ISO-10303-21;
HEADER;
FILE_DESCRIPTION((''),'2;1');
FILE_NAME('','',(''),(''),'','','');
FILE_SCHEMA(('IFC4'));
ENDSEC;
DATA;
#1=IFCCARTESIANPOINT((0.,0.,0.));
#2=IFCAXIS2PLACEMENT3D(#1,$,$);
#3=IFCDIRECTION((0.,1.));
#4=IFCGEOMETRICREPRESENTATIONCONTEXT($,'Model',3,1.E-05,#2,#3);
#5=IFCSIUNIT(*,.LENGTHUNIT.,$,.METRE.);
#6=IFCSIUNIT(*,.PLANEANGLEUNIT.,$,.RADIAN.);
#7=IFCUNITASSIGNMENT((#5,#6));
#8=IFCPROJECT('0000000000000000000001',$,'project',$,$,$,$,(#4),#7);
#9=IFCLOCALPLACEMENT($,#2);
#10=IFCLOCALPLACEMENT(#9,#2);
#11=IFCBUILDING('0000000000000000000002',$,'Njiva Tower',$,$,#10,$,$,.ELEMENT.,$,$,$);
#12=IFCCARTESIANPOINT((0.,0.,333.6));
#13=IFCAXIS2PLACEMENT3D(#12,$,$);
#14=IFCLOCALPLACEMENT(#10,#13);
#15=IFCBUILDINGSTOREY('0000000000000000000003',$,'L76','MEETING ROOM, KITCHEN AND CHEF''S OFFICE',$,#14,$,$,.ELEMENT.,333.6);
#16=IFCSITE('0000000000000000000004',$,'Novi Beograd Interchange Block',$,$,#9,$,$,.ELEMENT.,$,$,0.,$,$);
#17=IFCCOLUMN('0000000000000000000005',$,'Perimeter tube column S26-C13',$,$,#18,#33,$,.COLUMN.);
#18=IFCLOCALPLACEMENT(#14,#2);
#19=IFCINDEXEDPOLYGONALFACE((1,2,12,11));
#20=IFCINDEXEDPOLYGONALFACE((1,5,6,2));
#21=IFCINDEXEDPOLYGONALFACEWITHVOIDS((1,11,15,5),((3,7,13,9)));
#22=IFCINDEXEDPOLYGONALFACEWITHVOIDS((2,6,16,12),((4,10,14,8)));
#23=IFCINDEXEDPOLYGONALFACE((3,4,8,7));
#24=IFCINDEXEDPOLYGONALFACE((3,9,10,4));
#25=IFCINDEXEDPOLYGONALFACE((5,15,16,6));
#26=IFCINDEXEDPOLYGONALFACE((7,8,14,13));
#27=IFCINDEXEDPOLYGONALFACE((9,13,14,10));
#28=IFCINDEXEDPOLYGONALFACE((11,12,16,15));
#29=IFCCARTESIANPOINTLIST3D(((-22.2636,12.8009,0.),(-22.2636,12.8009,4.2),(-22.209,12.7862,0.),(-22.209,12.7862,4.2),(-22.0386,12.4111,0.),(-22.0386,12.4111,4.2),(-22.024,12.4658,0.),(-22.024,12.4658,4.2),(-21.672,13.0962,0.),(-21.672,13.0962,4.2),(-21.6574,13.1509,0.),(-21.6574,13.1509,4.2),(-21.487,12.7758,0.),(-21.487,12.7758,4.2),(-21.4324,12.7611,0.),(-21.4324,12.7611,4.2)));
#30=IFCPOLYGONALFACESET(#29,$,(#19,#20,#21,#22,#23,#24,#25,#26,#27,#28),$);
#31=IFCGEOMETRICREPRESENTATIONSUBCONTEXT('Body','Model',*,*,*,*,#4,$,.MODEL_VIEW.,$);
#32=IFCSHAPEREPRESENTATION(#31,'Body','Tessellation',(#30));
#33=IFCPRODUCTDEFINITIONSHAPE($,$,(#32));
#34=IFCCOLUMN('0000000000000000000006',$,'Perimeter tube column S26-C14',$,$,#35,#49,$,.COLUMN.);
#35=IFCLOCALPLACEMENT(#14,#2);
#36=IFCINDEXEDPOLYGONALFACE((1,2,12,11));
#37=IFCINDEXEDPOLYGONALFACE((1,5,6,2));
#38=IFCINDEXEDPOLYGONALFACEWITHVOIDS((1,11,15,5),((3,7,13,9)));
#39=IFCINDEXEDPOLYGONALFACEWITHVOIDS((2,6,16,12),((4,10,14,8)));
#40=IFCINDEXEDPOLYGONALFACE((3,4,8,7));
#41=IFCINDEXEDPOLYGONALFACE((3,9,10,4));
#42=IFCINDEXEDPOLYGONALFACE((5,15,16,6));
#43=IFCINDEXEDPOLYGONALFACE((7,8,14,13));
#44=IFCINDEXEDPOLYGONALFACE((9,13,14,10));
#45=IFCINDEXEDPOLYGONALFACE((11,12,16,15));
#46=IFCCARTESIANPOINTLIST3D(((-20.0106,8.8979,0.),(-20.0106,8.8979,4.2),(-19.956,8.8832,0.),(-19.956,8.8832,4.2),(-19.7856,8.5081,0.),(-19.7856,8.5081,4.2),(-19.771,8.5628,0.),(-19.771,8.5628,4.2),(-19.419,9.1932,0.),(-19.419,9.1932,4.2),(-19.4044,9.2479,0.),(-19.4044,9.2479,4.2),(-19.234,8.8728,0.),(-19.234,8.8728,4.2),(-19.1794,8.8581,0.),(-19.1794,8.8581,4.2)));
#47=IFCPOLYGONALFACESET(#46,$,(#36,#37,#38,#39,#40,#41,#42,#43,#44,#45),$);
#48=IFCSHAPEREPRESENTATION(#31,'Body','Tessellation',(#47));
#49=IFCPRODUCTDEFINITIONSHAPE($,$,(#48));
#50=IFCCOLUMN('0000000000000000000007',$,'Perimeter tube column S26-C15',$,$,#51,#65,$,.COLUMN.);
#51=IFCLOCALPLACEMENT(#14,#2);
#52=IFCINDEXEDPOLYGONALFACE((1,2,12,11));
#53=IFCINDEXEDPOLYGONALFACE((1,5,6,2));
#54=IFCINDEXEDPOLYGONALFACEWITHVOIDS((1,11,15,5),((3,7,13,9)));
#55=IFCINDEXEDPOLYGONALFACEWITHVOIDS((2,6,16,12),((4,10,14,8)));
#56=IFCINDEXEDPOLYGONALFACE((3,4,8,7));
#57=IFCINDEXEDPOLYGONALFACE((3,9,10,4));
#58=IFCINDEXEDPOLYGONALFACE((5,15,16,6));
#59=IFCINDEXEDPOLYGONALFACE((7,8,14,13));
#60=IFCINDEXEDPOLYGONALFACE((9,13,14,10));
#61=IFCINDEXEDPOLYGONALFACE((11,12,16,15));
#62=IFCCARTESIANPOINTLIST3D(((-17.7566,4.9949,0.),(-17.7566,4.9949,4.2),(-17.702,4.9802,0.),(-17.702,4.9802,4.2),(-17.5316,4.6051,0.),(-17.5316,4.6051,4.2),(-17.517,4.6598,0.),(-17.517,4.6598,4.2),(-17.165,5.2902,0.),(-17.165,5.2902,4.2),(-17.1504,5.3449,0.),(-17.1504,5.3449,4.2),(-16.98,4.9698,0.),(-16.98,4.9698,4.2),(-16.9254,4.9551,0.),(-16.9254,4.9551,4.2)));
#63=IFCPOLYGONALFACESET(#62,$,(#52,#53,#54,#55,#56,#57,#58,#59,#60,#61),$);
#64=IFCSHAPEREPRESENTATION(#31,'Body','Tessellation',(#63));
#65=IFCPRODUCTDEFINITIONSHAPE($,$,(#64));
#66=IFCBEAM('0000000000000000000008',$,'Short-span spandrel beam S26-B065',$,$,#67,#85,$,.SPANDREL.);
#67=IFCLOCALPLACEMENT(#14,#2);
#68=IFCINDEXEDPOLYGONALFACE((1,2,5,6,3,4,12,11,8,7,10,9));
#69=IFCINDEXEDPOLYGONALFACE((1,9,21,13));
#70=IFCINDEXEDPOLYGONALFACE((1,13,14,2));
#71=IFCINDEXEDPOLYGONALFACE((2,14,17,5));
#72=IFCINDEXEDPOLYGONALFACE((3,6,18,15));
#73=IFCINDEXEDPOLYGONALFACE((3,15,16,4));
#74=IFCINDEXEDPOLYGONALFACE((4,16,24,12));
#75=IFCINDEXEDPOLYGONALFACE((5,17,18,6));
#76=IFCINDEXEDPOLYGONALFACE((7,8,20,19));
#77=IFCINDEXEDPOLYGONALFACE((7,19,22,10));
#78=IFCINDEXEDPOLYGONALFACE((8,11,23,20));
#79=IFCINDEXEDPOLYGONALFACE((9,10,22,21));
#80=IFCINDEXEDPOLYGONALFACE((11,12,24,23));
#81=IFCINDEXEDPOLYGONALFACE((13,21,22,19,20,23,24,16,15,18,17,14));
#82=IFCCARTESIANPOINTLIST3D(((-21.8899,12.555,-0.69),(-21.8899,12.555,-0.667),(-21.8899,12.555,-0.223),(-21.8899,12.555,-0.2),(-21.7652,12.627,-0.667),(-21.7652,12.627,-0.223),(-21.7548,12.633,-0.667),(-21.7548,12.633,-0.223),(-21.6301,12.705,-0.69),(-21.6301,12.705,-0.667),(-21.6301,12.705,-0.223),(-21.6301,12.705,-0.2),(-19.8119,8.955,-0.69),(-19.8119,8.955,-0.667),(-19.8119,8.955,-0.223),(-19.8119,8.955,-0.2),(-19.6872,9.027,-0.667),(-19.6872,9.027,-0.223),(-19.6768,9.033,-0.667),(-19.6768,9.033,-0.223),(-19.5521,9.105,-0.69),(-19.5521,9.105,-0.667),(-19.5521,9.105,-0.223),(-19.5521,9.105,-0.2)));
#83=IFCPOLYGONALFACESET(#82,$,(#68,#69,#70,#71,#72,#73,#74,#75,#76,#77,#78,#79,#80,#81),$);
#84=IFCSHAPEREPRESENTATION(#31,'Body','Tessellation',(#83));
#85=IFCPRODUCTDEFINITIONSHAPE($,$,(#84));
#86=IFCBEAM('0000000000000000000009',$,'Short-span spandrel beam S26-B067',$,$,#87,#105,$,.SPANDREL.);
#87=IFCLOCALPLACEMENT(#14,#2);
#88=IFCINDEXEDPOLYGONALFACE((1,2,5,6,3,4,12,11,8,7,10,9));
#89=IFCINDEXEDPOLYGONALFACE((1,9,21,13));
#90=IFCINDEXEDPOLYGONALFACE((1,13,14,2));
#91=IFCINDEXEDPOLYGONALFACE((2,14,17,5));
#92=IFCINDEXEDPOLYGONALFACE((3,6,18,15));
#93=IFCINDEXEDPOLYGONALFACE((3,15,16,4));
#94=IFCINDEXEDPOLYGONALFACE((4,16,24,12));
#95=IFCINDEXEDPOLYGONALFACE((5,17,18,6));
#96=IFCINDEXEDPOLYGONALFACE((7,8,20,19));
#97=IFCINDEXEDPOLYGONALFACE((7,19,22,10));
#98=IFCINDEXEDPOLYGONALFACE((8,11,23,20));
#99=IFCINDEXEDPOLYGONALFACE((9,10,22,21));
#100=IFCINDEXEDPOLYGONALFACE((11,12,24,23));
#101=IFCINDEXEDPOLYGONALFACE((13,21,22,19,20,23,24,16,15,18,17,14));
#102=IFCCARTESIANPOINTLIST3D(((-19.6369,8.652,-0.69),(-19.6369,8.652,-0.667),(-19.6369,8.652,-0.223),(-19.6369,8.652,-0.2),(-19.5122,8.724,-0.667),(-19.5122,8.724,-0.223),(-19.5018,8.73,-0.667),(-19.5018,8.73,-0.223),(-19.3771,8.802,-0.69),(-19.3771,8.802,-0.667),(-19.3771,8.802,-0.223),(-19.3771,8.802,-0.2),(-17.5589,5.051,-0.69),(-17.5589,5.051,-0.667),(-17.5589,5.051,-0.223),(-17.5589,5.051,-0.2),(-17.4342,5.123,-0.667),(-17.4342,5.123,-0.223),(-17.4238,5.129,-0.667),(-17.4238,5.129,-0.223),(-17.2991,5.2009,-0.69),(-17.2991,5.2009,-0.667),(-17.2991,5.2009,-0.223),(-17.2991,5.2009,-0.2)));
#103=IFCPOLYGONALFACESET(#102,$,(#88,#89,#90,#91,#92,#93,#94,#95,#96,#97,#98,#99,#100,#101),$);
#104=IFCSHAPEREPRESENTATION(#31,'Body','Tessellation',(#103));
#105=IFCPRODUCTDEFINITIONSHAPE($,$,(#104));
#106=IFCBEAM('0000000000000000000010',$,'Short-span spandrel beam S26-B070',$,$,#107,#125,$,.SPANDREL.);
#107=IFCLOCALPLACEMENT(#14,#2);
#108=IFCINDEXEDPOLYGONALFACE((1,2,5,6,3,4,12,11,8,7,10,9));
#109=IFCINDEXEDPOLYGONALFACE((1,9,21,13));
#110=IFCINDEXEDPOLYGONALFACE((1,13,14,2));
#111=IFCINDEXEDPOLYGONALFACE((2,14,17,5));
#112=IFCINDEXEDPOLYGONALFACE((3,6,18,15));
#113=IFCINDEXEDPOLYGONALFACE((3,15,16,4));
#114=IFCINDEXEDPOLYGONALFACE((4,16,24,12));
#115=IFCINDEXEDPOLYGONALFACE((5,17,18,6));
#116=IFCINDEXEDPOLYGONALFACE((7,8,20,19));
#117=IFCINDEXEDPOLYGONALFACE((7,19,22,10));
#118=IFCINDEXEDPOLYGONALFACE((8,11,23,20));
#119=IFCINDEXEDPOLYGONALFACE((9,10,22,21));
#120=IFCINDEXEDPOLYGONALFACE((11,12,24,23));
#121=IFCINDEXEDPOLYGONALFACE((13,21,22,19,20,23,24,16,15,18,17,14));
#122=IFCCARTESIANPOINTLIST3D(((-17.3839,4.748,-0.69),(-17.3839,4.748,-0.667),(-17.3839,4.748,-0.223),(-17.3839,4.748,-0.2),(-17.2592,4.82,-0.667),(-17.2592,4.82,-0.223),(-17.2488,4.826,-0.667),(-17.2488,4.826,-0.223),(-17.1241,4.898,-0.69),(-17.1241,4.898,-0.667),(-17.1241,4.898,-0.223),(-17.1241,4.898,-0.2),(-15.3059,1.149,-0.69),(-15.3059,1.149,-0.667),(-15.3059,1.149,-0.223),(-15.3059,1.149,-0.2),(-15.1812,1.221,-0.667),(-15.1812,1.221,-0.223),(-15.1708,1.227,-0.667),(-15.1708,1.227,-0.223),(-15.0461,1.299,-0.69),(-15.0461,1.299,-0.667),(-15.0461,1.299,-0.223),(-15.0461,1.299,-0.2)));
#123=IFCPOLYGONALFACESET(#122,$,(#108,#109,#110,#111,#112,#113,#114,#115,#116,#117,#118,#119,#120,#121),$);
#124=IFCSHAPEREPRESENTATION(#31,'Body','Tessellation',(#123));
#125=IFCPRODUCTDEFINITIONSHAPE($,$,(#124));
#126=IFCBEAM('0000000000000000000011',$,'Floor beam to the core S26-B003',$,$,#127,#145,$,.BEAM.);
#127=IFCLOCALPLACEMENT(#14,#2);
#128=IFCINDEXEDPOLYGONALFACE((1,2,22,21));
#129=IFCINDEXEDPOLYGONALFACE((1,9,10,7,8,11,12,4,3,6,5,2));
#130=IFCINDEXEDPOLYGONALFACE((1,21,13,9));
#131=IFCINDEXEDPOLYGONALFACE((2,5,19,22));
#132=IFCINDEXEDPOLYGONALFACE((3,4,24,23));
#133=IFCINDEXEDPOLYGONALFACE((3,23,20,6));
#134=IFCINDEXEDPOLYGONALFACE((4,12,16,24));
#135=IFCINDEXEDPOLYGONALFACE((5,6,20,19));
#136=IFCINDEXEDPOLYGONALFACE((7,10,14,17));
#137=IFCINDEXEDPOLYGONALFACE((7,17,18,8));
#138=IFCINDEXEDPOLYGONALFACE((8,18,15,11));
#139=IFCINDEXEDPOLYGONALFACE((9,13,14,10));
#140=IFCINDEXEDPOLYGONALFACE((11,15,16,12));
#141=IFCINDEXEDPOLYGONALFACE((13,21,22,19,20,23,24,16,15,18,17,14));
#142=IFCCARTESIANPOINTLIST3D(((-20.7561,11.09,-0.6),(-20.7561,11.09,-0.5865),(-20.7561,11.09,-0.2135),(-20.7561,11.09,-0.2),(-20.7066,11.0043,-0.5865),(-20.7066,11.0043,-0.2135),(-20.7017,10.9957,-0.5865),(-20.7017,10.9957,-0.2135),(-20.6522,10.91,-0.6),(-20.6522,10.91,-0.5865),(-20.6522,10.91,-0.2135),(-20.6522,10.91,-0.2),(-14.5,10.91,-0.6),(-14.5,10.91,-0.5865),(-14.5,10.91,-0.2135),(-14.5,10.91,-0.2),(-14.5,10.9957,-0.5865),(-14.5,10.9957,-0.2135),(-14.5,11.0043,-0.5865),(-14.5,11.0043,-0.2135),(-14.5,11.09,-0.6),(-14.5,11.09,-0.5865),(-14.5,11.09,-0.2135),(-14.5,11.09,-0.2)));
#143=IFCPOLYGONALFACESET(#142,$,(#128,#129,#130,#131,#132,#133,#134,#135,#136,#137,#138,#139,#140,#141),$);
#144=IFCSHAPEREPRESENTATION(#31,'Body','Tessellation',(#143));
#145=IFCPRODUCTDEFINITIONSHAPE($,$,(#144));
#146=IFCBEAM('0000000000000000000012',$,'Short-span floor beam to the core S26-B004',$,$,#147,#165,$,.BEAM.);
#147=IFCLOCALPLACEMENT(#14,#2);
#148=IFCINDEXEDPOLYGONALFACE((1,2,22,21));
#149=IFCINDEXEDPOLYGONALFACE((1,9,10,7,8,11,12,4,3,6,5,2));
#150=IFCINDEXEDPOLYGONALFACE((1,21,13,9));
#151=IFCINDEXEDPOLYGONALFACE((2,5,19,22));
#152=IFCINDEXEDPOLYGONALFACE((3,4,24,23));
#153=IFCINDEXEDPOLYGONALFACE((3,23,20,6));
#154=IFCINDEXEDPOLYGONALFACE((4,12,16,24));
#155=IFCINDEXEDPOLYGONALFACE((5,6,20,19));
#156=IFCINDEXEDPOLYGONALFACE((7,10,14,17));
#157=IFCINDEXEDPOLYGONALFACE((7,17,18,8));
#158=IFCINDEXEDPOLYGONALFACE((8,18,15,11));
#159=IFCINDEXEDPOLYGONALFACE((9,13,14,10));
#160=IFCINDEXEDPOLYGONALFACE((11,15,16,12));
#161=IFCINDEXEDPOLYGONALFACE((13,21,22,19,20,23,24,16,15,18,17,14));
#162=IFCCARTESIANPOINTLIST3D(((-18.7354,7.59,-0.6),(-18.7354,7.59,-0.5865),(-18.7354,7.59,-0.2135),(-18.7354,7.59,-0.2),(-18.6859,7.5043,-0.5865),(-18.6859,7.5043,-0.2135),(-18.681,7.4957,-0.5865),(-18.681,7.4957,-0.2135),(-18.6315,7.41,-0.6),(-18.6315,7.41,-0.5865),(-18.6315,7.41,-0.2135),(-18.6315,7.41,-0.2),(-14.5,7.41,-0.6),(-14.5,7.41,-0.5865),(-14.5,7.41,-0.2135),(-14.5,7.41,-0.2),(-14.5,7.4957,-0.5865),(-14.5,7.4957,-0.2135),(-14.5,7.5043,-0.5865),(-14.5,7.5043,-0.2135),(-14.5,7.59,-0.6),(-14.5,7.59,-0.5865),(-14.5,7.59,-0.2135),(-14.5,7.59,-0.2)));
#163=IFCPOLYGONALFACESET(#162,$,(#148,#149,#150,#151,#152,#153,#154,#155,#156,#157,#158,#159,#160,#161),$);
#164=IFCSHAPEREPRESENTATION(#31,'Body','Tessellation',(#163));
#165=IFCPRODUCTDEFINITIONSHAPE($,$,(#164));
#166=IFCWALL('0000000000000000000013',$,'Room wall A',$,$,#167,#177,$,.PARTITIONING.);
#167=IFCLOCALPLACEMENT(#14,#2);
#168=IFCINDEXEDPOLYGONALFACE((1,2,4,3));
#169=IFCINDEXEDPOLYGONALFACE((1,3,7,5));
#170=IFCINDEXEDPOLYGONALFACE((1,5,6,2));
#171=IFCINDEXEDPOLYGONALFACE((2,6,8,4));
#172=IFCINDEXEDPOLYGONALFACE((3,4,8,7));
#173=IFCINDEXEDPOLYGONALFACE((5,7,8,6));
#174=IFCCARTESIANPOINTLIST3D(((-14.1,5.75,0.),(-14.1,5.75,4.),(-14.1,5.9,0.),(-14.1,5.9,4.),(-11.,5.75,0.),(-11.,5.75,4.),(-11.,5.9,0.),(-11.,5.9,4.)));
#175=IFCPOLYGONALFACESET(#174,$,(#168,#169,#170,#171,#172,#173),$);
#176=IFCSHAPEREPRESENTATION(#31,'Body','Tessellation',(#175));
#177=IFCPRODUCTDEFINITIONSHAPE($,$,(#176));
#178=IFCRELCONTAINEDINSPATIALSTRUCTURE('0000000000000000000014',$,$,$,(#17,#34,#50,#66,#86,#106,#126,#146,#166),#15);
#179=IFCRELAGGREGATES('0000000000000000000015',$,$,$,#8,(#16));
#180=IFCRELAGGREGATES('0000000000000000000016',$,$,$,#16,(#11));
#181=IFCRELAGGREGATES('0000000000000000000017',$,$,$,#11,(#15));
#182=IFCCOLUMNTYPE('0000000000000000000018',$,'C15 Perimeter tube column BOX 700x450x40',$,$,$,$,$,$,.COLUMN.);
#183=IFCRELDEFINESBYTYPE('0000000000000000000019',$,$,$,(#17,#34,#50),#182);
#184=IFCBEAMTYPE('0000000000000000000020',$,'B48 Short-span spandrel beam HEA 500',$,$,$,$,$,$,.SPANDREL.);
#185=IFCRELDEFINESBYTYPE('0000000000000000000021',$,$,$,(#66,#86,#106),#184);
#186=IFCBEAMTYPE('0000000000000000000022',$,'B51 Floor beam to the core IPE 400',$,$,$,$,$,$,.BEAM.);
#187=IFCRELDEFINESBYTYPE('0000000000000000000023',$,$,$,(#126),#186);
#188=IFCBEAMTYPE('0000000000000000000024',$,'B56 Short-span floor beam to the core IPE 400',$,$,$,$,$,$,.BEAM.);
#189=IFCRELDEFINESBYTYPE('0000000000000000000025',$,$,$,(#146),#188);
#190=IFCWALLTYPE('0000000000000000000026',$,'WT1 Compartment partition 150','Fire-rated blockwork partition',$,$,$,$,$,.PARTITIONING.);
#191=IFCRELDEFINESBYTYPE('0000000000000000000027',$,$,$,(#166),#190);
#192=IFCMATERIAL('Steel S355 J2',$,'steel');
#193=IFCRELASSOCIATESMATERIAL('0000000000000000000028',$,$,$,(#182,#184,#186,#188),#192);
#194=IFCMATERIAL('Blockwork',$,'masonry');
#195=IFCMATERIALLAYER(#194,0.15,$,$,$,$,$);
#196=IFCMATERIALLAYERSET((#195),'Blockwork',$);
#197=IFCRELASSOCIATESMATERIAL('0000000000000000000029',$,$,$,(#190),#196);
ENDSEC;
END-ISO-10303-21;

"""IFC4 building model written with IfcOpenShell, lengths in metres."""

from ifc_helpers import new_model, si_unit, direction, frame, frame_2d, origin, origin_2d, place, context, subcontext, project, spatial, rectangle, hollow_rectangle, i_section, extrude, clip, halfspace, material, layer, layer_set, material_profile, profile_set, type_object, element, save


model = new_model("IFC4")

# Units and contexts
model_context = context("Model", 3, precision=1e-05, world=origin(), true_north=direction((0.0, 1.0)))
body_context = subcontext(model_context, "Body", "Model", "MODEL_VIEW")
ifc_project = project(units=[si_unit("LENGTHUNIT", "METRE"), si_unit("PLANEANGLEUNIT", "RADIAN")], contexts=[model_context])

# Site, building, storey
site_placement = place(None, origin())
site = spatial("IfcSite", under=ifc_project, at=site_placement, Name="Novi Beograd Interchange Block", CompositionType="ELEMENT", RefElevation=0.0)
building_placement = place(site_placement, origin())
building = spatial("IfcBuilding", under=site, at=building_placement, Name="Njiva Tower", CompositionType="ELEMENT")
storey_placement = place(building_placement, frame((0.0, 0.0, 333.6)))
storey = spatial("IfcBuildingStorey", under=building, at=storey_placement, Name="L76", Description="MEETING ROOM, KITCHEN AND CHEF'S OFFICE", CompositionType="ELEMENT", Elevation=333.6)

# Columns
ifc_material_1 = material(Name="Steel S355 J2", Category="steel")
ifc_material_profile_1 = material_profile(ifc_material_1, hollow_rectangle(XDim=0.45, YDim=0.7, WallThickness=0.04, at=origin_2d()), Name="BOX 700x450x40")
ifc_profile_set_1 = profile_set([ifc_material_profile_1], Name="Steel S355 J2")
column_type = type_object("IfcColumnType", Name="C15 Perimeter tube column BOX 700x450x40", PredefinedType="COLUMN", material=ifc_profile_set_1)
for number, where, z_axis, x_axis, name in (
    (1, (-21.848, 12.781, 0.0), (0.0, 0.0, 1.0), (0.5, -0.866025, 0.0), "Perimeter tube column S26-C13"),
    (2, (-19.595, 8.878, 0.0), (0.0, 0.0, 1.0), (0.5, -0.866025, 0.0), "Perimeter tube column S26-C14"),
    (3, (-17.341, 4.975, 0.0), (0.0, 0.0, 1.0), (0.5, -0.866025, 0.0), "Perimeter tube column S26-C15"),
):
    element("IfcColumn", number, at=place(storey_placement, frame(where, z_axis=z_axis, x_axis=x_axis)), inside=storey, type_object=column_type, Name=name, PredefinedType="COLUMN", context=body_context, shape_type="SweptSolid", body=[
        extrude(hollow_rectangle(XDim=0.45, YDim=0.7, WallThickness=0.04, at=origin_2d()), origin(), (0.0, 0.0, 1.0), 4.2),
    ])

# Beams
ifc_material_profile_2 = material_profile(ifc_material_1, i_section(OverallWidth=0.3, OverallDepth=0.49, WebThickness=0.012, FlangeThickness=0.023, at=origin_2d()), Name="HEA 500")
ifc_profile_set_2 = profile_set([ifc_material_profile_2], Name="Steel S355 J2")
beam_type_1 = type_object("IfcBeamType", Name="B48 Short-span spandrel beam HEA 500", PredefinedType="SPANDREL", material=ifc_profile_set_2)
beam_1_placement = place(storey_placement, frame((-21.76, 12.63, -0.445), z_axis=(0.499917, -0.866073, 0.0), x_axis=(0.866073, 0.499917, 0.0)))
element("IfcBeam", 4, at=beam_1_placement, inside=storey, type_object=beam_type_1, Name="Short-span spandrel beam S26-B065", PredefinedType="SPANDREL", context=body_context, shape_type="SweptSolid", body=[
    extrude(i_section(OverallWidth=0.3, OverallDepth=0.49, WebThickness=0.012, FlangeThickness=0.023, at=origin_2d()), origin(), (0.0, 0.0, 1.0), 4.1567),
])
beam_2_placement = place(storey_placement, frame((-19.507, 8.727, -0.445), z_axis=(0.499813, -0.866134, 0.0), x_axis=(0.866134, 0.499813, 0.0)))
element("IfcBeam", 5, at=beam_2_placement, inside=storey, type_object=beam_type_1, Name="Short-span spandrel beam S26-B067", PredefinedType="SPANDREL", context=body_context, shape_type="SweptSolid", body=[
    extrude(i_section(OverallWidth=0.3, OverallDepth=0.49, WebThickness=0.012, FlangeThickness=0.023, at=origin_2d()), origin(), (0.0, 0.0, 1.0), 4.1576),
])
beam_3_placement = place(storey_placement, frame((-17.254, 4.823, -0.445), z_axis=(0.500021, -0.866013, 0.0), x_axis=(0.866013, 0.500021, 0.0)))
element("IfcBeam", 6, at=beam_3_placement, inside=storey, type_object=beam_type_1, Name="Short-span spandrel beam S26-B070", PredefinedType="SPANDREL", context=body_context, shape_type="SweptSolid", body=[
    extrude(i_section(OverallWidth=0.3, OverallDepth=0.49, WebThickness=0.012, FlangeThickness=0.023, at=origin_2d()), origin(), (0.0, 0.0, 1.0), 4.1558),
])
ifc_material_profile_3 = material_profile(ifc_material_1, i_section(OverallWidth=0.18, OverallDepth=0.4, WebThickness=0.0086, FlangeThickness=0.0135, at=origin_2d()), Name="IPE 400")
ifc_profile_set_3 = profile_set([ifc_material_profile_3], Name="Steel S355 J2")
beam_type_2 = type_object("IfcBeamType", Name="B51 Floor beam to the core IPE 400", PredefinedType="BEAM", material=ifc_profile_set_3)
beam_4_placement = place(storey_placement, frame((-20.776, 11.0, -0.4), z_axis=(1.0, 0.0, 0.0), x_axis=(0.0, 1.0, 0.0)))
element("IfcBeam", 7, at=beam_4_placement, inside=storey, type_object=beam_type_2, Name="Floor beam to the core S26-B003", PredefinedType="BEAM", context=body_context, shape_type="Clipping", body=[
    clip(extrude(i_section(OverallWidth=0.18, OverallDepth=0.4, WebThickness=0.0086, FlangeThickness=0.0135, at=origin_2d()), origin(), (0.0, 0.0, 1.0), 6.276), halfspace(frame((-0.025, 0.0, 0.0863), z_axis=(-0.499998, 0.0, -0.866027), x_axis=(0.0, -1.0, 0.0)), False)),
])
ifc_material_profile_4 = material_profile(ifc_material_1, i_section(OverallWidth=0.18, OverallDepth=0.4, WebThickness=0.0086, FlangeThickness=0.0135, at=origin_2d()), Name="IPE 400")
ifc_profile_set_4 = profile_set([ifc_material_profile_4], Name="Steel S355 J2")
beam_type_3 = type_object("IfcBeamType", Name="B56 Short-span floor beam to the core IPE 400", PredefinedType="BEAM", material=ifc_profile_set_4)
beam_5_placement = place(storey_placement, frame((-18.755, 7.5, -0.4), z_axis=(1.0, 0.0, 0.0), x_axis=(0.0, 1.0, 0.0)))
element("IfcBeam", 8, at=beam_5_placement, inside=storey, type_object=beam_type_3, Name="Short-span floor beam to the core S26-B004", PredefinedType="BEAM", context=body_context, shape_type="Clipping", body=[
    clip(extrude(i_section(OverallWidth=0.18, OverallDepth=0.4, WebThickness=0.0086, FlangeThickness=0.0135, at=origin_2d()), origin(), (0.0, 0.0, 1.0), 4.255), halfspace(frame((-0.025, 0.0, 0.086), z_axis=(-0.499998, 0.0, -0.866027), x_axis=(0.0, -1.0, 0.0)), False)),
])

# Wall
ifc_material_2 = material(Name="Blockwork", Category="masonry")
ifc_layer_1 = layer(ifc_material_2, 0.15)
ifc_layer_set_1 = layer_set([ifc_layer_1], Name="Blockwork")
wall_type_1 = type_object("IfcWallType", Name="WT1 Compartment partition 150", Description="Fire-rated blockwork partition", PredefinedType="PARTITIONING", material=ifc_layer_set_1)
wall_1_placement = place(storey_placement, frame((-14.1, 5.825, 0.0), z_axis=(0.0, 0.0, 1.0), x_axis=(1.0, 0.0, 0.0)))
element("IfcWall", 9, at=wall_1_placement, inside=storey, type_object=wall_type_1, Name="Room wall A", PredefinedType="PARTITIONING", context=body_context, shape_type="SweptSolid", body=[
    extrude(rectangle(XDim=3.1, YDim=0.15, at=frame_2d((1.55, 0.0))), origin(), (0.0, 0.0, 1.0), 4.0),
])

save(model, "model.ifc")
